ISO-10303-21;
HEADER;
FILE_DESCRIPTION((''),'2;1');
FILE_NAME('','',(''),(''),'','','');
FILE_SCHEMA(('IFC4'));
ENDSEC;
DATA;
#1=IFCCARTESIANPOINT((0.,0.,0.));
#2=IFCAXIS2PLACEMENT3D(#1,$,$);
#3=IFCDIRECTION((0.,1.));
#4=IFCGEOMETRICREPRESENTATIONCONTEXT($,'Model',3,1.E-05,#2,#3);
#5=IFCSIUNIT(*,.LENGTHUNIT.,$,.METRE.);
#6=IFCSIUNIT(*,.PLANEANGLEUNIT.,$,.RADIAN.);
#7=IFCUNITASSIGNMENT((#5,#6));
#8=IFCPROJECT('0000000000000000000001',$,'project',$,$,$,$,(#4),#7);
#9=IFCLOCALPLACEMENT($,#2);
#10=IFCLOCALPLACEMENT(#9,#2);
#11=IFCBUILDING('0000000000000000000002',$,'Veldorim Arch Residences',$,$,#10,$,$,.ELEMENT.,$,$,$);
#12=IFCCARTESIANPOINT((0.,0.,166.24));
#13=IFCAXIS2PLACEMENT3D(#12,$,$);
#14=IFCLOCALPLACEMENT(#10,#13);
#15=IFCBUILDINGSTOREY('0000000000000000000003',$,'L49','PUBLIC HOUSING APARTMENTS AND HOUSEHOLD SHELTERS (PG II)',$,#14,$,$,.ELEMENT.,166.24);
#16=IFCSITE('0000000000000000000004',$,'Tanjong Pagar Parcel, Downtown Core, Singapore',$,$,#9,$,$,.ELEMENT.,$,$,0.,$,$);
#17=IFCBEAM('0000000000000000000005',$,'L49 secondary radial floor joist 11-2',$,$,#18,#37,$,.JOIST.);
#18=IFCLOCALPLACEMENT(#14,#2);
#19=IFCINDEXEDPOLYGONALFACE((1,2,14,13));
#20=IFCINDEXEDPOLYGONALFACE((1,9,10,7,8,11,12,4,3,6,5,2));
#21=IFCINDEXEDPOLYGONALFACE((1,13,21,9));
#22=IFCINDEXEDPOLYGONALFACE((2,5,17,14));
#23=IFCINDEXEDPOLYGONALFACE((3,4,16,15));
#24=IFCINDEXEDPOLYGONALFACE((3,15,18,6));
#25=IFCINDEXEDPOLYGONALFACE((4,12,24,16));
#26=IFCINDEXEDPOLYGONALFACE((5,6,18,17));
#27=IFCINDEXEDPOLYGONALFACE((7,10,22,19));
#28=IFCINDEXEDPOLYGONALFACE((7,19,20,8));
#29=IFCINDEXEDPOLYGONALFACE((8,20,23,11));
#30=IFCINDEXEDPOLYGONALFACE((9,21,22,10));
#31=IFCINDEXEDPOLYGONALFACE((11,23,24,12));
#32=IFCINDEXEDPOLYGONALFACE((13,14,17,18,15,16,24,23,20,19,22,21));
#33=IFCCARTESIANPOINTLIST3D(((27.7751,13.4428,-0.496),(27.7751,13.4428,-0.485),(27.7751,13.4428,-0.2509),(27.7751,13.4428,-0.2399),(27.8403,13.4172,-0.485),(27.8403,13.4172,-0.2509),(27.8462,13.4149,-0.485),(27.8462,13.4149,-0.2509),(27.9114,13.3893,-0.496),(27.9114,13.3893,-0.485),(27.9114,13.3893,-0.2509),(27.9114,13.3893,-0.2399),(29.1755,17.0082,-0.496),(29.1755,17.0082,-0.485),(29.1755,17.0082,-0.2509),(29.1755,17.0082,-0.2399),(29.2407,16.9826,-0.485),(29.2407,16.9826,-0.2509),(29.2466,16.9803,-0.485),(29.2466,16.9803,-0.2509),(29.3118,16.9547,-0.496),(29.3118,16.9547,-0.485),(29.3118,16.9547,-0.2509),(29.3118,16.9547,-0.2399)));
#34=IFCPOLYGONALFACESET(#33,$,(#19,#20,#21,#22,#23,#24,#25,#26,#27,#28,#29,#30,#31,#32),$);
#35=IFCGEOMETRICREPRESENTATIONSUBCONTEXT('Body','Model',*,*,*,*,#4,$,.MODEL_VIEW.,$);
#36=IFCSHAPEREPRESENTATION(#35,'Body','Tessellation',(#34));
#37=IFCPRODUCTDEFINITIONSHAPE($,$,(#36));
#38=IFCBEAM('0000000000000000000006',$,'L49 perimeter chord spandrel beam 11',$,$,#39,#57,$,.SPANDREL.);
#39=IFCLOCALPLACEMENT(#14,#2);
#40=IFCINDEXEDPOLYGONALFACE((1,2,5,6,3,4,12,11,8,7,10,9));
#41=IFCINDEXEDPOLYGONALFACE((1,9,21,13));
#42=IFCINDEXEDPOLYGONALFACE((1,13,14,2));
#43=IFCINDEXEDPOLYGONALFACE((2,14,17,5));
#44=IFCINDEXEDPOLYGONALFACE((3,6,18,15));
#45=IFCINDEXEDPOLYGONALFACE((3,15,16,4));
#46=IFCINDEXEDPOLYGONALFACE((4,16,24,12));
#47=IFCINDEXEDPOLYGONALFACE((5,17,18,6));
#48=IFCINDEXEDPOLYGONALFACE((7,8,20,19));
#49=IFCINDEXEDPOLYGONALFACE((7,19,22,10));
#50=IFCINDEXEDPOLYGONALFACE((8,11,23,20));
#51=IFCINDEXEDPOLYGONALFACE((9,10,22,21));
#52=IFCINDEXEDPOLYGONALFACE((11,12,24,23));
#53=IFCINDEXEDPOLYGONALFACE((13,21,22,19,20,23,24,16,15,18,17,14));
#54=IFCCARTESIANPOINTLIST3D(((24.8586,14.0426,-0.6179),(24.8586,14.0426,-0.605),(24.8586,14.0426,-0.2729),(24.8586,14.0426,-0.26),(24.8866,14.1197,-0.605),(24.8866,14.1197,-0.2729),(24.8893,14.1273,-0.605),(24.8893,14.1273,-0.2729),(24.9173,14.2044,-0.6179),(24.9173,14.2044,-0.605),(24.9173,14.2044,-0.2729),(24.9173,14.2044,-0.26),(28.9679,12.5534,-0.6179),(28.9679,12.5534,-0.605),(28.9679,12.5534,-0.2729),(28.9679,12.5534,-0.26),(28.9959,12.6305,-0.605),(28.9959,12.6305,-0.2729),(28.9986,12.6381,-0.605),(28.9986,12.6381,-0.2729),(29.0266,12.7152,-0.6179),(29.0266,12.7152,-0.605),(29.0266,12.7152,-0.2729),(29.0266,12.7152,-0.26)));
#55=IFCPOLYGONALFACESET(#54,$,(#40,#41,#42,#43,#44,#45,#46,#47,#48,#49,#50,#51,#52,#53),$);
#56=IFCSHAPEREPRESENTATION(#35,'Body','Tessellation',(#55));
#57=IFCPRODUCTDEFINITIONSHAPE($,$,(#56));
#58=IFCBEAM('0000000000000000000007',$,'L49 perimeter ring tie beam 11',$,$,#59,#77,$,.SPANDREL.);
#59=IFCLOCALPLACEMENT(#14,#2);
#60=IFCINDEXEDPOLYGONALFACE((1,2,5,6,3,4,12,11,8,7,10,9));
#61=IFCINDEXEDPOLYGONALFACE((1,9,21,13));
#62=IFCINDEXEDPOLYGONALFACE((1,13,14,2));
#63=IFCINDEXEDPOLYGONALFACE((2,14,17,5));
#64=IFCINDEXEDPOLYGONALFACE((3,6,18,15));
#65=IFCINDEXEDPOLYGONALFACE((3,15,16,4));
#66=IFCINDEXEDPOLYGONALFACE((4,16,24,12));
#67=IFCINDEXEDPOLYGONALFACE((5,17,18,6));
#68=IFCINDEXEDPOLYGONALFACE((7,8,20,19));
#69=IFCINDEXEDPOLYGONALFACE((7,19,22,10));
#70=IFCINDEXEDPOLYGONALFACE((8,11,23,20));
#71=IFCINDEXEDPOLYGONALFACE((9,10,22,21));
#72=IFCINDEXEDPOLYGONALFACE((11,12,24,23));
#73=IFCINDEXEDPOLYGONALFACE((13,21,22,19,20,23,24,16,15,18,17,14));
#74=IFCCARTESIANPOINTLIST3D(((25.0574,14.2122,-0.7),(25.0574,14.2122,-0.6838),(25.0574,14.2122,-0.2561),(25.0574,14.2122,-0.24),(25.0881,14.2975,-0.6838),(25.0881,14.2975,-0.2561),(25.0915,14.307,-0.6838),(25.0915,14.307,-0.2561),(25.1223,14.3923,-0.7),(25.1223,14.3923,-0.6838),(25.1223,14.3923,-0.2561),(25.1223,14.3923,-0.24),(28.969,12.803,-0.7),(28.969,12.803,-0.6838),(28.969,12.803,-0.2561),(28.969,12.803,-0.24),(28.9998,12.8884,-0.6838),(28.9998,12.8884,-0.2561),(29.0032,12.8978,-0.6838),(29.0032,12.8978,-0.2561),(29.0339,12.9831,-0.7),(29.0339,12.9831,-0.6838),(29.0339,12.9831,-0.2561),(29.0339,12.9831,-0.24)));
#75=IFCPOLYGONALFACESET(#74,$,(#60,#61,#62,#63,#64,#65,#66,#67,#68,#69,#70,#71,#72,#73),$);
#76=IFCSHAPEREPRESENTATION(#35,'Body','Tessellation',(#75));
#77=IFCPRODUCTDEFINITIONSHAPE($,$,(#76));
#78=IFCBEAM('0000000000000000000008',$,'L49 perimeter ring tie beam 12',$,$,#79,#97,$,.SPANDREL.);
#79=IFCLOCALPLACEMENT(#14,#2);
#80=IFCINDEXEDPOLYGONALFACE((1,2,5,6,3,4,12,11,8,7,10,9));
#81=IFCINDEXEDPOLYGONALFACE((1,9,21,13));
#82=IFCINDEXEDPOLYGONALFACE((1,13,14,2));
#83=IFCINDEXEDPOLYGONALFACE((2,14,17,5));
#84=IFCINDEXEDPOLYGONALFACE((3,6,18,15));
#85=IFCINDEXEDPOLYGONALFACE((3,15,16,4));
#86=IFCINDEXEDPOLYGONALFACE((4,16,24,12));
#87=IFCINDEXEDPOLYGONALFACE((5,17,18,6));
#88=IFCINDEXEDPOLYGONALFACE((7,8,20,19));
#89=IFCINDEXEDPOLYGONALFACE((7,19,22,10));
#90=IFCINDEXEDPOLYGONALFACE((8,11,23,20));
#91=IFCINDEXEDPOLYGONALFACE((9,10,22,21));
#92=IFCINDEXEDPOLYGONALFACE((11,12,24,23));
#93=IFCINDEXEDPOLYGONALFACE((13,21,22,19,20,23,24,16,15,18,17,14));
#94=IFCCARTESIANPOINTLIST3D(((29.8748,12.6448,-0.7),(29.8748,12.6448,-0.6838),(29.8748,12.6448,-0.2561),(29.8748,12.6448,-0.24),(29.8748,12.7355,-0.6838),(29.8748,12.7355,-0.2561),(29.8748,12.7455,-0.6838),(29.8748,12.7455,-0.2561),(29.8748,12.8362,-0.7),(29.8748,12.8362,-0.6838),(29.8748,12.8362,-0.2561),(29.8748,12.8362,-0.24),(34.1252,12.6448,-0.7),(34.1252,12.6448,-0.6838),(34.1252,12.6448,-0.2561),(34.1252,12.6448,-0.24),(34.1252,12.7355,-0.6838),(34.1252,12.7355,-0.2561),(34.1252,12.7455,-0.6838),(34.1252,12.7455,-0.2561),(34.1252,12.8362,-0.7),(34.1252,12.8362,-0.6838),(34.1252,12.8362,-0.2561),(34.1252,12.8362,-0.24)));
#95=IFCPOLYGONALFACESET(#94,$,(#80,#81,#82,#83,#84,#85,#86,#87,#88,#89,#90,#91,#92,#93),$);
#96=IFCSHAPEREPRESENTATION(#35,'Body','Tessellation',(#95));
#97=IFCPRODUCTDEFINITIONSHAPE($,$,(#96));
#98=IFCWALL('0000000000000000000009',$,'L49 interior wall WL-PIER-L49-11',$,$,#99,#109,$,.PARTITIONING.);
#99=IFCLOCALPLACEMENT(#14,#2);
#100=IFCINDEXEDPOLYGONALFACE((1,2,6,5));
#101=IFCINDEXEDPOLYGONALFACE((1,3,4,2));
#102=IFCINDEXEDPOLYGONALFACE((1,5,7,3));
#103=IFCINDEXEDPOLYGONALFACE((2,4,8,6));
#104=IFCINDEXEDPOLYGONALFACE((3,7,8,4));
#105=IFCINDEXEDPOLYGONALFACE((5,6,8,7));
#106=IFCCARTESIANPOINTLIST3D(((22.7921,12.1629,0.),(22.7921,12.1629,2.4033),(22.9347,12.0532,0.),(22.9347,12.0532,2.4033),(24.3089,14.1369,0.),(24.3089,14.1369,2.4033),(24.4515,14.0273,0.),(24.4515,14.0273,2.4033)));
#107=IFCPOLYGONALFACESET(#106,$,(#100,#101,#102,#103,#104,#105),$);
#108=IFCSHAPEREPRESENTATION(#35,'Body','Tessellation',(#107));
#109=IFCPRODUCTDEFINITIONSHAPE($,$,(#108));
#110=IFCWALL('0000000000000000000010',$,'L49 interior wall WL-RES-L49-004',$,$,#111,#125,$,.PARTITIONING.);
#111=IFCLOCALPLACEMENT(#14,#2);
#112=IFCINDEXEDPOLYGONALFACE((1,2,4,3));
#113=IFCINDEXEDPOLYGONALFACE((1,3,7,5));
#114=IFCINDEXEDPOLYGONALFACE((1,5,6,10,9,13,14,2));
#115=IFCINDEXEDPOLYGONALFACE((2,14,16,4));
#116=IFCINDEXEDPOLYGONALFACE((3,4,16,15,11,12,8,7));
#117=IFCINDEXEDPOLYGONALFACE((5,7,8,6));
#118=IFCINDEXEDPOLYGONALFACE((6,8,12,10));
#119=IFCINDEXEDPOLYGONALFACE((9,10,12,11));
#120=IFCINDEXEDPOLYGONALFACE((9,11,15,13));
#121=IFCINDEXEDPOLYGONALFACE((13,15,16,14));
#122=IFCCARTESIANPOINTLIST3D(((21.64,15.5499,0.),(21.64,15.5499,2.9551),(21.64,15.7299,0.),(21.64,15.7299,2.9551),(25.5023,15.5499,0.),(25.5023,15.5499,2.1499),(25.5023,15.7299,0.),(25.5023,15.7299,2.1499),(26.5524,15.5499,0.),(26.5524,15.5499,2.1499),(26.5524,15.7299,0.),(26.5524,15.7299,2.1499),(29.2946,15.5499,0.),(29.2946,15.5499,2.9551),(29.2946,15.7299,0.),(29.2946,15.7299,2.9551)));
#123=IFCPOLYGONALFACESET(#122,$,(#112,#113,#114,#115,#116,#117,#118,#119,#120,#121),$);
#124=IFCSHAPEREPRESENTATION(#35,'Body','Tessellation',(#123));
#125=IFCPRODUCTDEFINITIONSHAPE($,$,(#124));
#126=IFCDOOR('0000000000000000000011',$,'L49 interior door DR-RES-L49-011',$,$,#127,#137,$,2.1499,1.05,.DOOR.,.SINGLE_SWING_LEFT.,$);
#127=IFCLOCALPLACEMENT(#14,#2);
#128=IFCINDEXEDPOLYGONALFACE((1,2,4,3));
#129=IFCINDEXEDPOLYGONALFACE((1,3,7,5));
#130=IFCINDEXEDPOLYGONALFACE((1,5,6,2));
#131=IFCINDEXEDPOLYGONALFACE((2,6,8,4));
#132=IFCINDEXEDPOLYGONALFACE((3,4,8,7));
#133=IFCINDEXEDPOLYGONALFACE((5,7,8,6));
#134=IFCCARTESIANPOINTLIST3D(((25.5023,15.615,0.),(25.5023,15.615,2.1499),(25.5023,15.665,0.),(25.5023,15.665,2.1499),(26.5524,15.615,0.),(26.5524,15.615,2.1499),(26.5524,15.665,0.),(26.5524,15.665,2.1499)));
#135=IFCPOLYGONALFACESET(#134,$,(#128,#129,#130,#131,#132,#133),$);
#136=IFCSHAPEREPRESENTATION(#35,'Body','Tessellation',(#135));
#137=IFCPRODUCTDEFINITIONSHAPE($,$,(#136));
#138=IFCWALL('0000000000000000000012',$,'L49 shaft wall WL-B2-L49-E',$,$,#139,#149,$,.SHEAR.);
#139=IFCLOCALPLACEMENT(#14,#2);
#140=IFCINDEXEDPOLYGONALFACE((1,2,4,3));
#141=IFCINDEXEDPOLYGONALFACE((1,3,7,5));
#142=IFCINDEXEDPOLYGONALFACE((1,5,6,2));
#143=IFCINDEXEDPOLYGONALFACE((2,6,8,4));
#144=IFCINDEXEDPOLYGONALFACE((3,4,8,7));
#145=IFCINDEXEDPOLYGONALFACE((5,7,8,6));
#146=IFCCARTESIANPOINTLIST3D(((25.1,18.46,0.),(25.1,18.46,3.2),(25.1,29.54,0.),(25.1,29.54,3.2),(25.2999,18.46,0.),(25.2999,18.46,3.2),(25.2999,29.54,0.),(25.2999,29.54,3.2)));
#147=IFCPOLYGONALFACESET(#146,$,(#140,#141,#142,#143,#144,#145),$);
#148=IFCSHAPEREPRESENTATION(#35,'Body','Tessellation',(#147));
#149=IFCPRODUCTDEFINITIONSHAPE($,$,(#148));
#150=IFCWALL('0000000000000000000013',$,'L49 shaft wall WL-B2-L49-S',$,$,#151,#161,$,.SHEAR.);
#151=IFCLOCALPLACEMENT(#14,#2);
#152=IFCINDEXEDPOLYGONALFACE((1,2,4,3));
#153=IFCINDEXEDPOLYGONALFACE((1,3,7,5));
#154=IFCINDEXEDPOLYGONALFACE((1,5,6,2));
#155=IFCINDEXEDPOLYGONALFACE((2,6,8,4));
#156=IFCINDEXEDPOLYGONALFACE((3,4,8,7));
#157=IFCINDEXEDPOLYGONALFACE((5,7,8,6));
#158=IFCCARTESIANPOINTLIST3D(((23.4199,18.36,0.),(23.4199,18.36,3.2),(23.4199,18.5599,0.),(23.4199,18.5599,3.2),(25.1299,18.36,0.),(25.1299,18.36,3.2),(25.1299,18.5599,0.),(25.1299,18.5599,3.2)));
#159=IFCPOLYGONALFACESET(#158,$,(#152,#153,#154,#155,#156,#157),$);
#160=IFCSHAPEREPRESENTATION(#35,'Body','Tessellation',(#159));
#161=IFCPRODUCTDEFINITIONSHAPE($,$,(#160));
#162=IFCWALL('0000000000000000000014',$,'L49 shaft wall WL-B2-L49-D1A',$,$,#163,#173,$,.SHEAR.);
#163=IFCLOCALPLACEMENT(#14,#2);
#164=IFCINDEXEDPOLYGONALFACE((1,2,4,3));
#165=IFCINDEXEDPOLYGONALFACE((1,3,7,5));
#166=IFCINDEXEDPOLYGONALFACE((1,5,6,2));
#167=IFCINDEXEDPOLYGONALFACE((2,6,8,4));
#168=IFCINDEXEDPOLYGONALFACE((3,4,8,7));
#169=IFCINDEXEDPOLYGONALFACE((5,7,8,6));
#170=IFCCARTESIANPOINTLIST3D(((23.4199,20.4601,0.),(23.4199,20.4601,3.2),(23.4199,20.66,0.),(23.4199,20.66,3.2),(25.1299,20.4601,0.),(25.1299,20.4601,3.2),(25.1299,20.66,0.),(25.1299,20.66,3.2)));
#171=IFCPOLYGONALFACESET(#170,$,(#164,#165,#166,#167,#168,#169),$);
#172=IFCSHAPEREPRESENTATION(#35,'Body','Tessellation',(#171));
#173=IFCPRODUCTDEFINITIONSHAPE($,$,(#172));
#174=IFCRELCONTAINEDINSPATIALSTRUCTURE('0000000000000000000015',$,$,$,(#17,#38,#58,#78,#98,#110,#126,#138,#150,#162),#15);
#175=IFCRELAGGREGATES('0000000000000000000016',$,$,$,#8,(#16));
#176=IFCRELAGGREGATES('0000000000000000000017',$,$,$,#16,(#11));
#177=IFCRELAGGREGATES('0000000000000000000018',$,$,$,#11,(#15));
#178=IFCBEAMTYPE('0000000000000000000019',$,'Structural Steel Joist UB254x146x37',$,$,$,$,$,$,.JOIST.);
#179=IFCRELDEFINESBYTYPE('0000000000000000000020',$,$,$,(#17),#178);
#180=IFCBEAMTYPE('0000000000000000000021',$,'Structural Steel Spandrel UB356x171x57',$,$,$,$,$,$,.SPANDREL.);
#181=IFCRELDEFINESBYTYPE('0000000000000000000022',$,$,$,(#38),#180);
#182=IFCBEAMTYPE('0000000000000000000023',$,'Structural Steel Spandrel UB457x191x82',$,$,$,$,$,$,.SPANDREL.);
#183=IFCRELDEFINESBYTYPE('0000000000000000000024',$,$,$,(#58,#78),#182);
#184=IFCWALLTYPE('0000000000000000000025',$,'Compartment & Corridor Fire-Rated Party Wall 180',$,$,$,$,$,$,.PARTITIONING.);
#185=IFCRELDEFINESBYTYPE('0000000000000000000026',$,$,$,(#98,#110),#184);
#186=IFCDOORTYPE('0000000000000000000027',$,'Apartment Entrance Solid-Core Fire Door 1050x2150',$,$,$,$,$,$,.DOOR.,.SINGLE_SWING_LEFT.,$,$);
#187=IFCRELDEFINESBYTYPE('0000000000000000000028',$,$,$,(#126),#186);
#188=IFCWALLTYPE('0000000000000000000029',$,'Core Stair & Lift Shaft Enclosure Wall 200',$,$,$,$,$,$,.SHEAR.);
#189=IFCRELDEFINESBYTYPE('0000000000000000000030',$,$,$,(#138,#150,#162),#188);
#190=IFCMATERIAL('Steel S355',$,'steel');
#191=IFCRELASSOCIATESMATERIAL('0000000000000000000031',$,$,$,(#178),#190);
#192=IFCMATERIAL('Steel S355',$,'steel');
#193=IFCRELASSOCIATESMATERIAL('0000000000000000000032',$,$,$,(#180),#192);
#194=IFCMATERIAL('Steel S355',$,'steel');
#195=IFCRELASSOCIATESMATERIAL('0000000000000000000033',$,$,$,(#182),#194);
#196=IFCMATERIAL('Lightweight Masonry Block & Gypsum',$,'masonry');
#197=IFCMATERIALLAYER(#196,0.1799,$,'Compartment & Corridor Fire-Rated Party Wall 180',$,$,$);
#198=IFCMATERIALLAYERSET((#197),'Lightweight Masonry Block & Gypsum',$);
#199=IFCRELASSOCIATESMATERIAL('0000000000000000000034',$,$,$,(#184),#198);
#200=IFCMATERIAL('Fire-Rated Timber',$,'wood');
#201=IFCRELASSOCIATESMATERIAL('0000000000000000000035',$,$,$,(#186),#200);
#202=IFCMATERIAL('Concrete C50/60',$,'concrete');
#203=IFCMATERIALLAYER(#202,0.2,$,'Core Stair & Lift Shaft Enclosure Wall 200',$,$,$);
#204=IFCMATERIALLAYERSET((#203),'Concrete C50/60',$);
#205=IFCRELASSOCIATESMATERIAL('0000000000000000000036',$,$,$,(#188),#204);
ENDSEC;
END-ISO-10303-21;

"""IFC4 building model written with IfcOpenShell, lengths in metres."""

from ifc_helpers import new_model, si_unit, direction, frame, frame_2d, origin, origin_2d, place, context, subcontext, project, spatial, rectangle, i_section, extrude, material, layer, layer_set, material_profile, profile_set, type_object, element, fill, save


model = new_model("IFC4")

# Units and contexts
model_context = context("Model", 3, precision=1e-05, world=origin(), true_north=direction((0.0, 1.0)))
body_context = subcontext(model_context, "Body", "Model", "MODEL_VIEW")
ifc_project = project(units=[si_unit("LENGTHUNIT", "METRE"), si_unit("PLANEANGLEUNIT", "RADIAN")], contexts=[model_context])

# Site, building, storey
site_placement = place(None, origin())
site = spatial("IfcSite", under=ifc_project, at=site_placement, Name="Tanjong Pagar Parcel, Downtown Core, Singapore", CompositionType="ELEMENT", RefElevation=0.0)
building_placement = place(site_placement, origin())
building = spatial("IfcBuilding", under=site, at=building_placement, Name="Veldorim Arch Residences", CompositionType="ELEMENT")
storey_placement = place(building_placement, frame((0.0, 0.0, 166.24)))
storey = spatial("IfcBuildingStorey", under=building, at=storey_placement, Name="L49", Description="PUBLIC HOUSING APARTMENTS AND HOUSEHOLD SHELTERS (PG II)", CompositionType="ELEMENT", Elevation=166.24)

# Beams
ifc_material_1 = material(Name="Steel S355", Category="steel")
ifc_material_profile_1 = material_profile(ifc_material_1, i_section(OverallWidth=0.1465, OverallDepth=0.2561, WebThickness=0.0063, FlangeThickness=0.011, at=origin_2d()), Name="UB254x146x37")
ifc_profile_set_1 = profile_set([ifc_material_profile_1], Name="Steel S355")
beam_type_1 = type_object("IfcBeamType", Name="Structural Steel Joist UB254x146x37", PredefinedType="JOIST", material=ifc_profile_set_1)
beam_1_placement = place(storey_placement, frame((29.2437, 16.9814, -0.3679), z_axis=(-0.365581, -0.930779, 0.0), x_axis=(0.930779, -0.365581, 0.0)))
element("IfcBeam", 1, at=beam_1_placement, inside=storey, type_object=beam_type_1, Name="L49 secondary radial floor joist 11-2", PredefinedType="JOIST", context=body_context, shape_type="SweptSolid", body=[
    extrude(i_section(OverallWidth=0.1465, OverallDepth=0.2561, WebThickness=0.0063, FlangeThickness=0.011, at=origin_2d()), origin(), (0.0, 0.0, 1.0), 3.8306),
])
ifc_material_2 = material(Name="Steel S355", Category="steel")
ifc_material_profile_2 = material_profile(ifc_material_2, i_section(OverallWidth=0.1721, OverallDepth=0.3579, WebThickness=0.0081, FlangeThickness=0.0129, at=origin_2d()), Name="UB356x171x57")
ifc_profile_set_2 = profile_set([ifc_material_profile_2], Name="Steel S355")
beam_type_2 = type_object("IfcBeamType", Name="Structural Steel Spandrel UB356x171x57", PredefinedType="SPANDREL", material=ifc_profile_set_2)
beam_2_placement = place(storey_placement, frame((24.8879, 14.1235, -0.439), z_axis=(0.940165, -0.34072, 0.0), x_axis=(0.34072, 0.940165, 0.0)))
element("IfcBeam", 2, at=beam_2_placement, inside=storey, type_object=beam_type_2, Name="L49 perimeter chord spandrel beam 11", PredefinedType="SPANDREL", context=body_context, shape_type="SweptSolid", body=[
    extrude(i_section(OverallWidth=0.1721, OverallDepth=0.3579, WebThickness=0.0081, FlangeThickness=0.0129, at=origin_2d()), origin(), (0.0, 0.0, 1.0), 4.3708),
])
ifc_material_3 = material(Name="Steel S355", Category="steel")
ifc_material_profile_3 = material_profile(ifc_material_3, i_section(OverallWidth=0.1914, OverallDepth=0.46, WebThickness=0.01, FlangeThickness=0.0161, at=origin_2d()), Name="UB457x191x82")
ifc_profile_set_3 = profile_set([ifc_material_profile_3], Name="Steel S355")
beam_type_3 = type_object("IfcBeamType", Name="Structural Steel Spandrel UB457x191x82", PredefinedType="SPANDREL", material=ifc_profile_set_3)
beam_3_placement = place(storey_placement, frame((25.0898, 14.3022, -0.47), z_axis=(0.940811, -0.338932, 0.0), x_axis=(0.338932, 0.940811, 0.0)))
element("IfcBeam", 3, at=beam_3_placement, inside=storey, type_object=beam_type_3, Name="L49 perimeter ring tie beam 11", PredefinedType="SPANDREL", context=body_context, shape_type="SweptSolid", body=[
    extrude(i_section(OverallWidth=0.1914, OverallDepth=0.46, WebThickness=0.01, FlangeThickness=0.0161, at=origin_2d()), origin(), (0.0, 0.0, 1.0), 4.1577),
])
beam_4_placement = place(storey_placement, frame((29.8748, 12.7405, -0.47), z_axis=(1.0, 0.0, 0.0), x_axis=(0.0, 1.0, 0.0)))
element("IfcBeam", 4, at=beam_4_placement, inside=storey, type_object=beam_type_3, Name="L49 perimeter ring tie beam 12", PredefinedType="SPANDREL", context=body_context, shape_type="SweptSolid", body=[
    extrude(i_section(OverallWidth=0.1914, OverallDepth=0.46, WebThickness=0.01, FlangeThickness=0.0161, at=origin_2d()), origin(), (0.0, 0.0, 1.0), 4.2505),
])

# Wall
ifc_material_4 = material(Name="Lightweight Masonry Block & Gypsum", Category="masonry")
ifc_layer_1 = layer(ifc_material_4, 0.1799, Name="Compartment & Corridor Fire-Rated Party Wall 180")
ifc_layer_set_1 = layer_set([ifc_layer_1], Name="Lightweight Masonry Block & Gypsum")
wall_type_1 = type_object("IfcWallType", Name="Compartment & Corridor Fire-Rated Party Wall 180", PredefinedType="PARTITIONING", material=ifc_layer_set_1)
wall_1_placement = place(storey_placement, frame((24.3801, 14.082, 0.0), z_axis=(0.0, 0.0, 1.0), x_axis=(-0.609279, -0.792956, 0.0)))
element("IfcWall", 5, at=wall_1_placement, inside=storey, type_object=wall_type_1, Name="L49 interior wall WL-PIER-L49-11", PredefinedType="PARTITIONING", context=body_context, shape_type="SweptSolid", body=[
    extrude(rectangle(XDim=2.4895, YDim=0.1799, at=frame_2d((1.2446, 0.0))), origin(), (0.0, 0.0, 1.0), 2.4033),
])

# Wall, opening, door
wall_2_placement = place(storey_placement, frame((29.2944, 15.6399, 0.0), z_axis=(0.0, 0.0, 1.0), x_axis=(-1.0, 0.0, 0.0)))
wall_2 = element("IfcWall", 6, at=wall_2_placement, inside=storey, type_object=wall_type_1, Name="L49 interior wall WL-RES-L49-004", PredefinedType="PARTITIONING", context=body_context, shape_type="SweptSolid", body=[
    extrude(rectangle(XDim=7.6545, YDim=0.1799, at=frame_2d((3.8271, 0.0))), origin(), (0.0, 0.0, 1.0), 2.9551),
])
opening_1_placement = place(wall_2_placement, frame((2.7422, 0.0, 0.0)))
opening_1 = element("IfcOpeningElement", 7, at=opening_1_placement, cuts=wall_2, PredefinedType="OPENING", context=body_context, shape_type="SweptSolid", body=[
    extrude(rectangle(XDim=1.05, YDim=2.1499, at=frame_2d((0.5249, 1.075))), frame((0.0, 0.0999, 0.0), z_axis=(0.0, -1.0, 0.0), x_axis=(1.0, 0.0, 0.0)), (0.0, 0.0, 1.0), 0.2),
])
ifc_material_5 = material(Name="Fire-Rated Timber", Category="wood")
door_type_1 = type_object("IfcDoorType", Name="Apartment Entrance Solid-Core Fire Door 1050x2150", OperationType="SINGLE_SWING_LEFT", PredefinedType="DOOR", material=ifc_material_5)
door_1_placement = place(opening_1_placement, origin())
door_1 = element("IfcDoor", 8, at=door_1_placement, inside=storey, type_object=door_type_1, Name="L49 interior door DR-RES-L49-011", OperationType="SINGLE_SWING_LEFT", OverallHeight=2.1499, OverallWidth=1.05, PredefinedType="DOOR", context=body_context, shape_type="SweptSolid", body=[
    extrude(rectangle(XDim=1.05, YDim=2.1499, at=frame_2d((0.5249, 1.075))), frame((0.0, 0.0249, 0.0), z_axis=(0.0, -1.0, 0.0), x_axis=(1.0, 0.0, 0.0)), (0.0, 0.0, 1.0), 0.05),
])
fill(opening_1, door_1)
ifc_material_6 = material(Name="Concrete C50/60", Category="concrete")
ifc_layer_2 = layer(ifc_material_6, 0.2, Name="Core Stair & Lift Shaft Enclosure Wall 200")
ifc_layer_set_2 = layer_set([ifc_layer_2], Name="Concrete C50/60")
wall_type_2 = type_object("IfcWallType", Name="Core Stair & Lift Shaft Enclosure Wall 200", PredefinedType="SHEAR", material=ifc_layer_set_2)

# Walls
wall_3_placement = place(storey_placement, frame((25.2, 18.46, 0.0), z_axis=(0.0, 0.0, 1.0), x_axis=(0.0, 1.0, 0.0)))
element("IfcWall", 9, at=wall_3_placement, inside=storey, type_object=wall_type_2, Name="L49 shaft wall WL-B2-L49-E", PredefinedType="SHEAR", context=body_context, shape_type="SweptSolid", body=[
    extrude(rectangle(XDim=11.0801, YDim=0.2, at=frame_2d((5.54, 0.0))), origin(), (0.0, 0.0, 1.0), 3.2),
])
for number, where, z_axis, x_axis, name in (
    (10, (23.4199, 18.46, 0.0), (0.0, 0.0, 1.0), (1.0, 0.0, 0.0), "L49 shaft wall WL-B2-L49-S"),
    (11, (23.4199, 20.5601, 0.0), (0.0, 0.0, 1.0), (1.0, 0.0, 0.0), "L49 shaft wall WL-B2-L49-D1A"),
):
    element("IfcWall", number, at=place(storey_placement, frame(where, z_axis=z_axis, x_axis=x_axis)), inside=storey, type_object=wall_type_2, Name=name, PredefinedType="SHEAR", context=body_context, shape_type="SweptSolid", body=[
        extrude(rectangle(XDim=1.71, YDim=0.2, at=frame_2d((0.855, 0.0))), origin(), (0.0, 0.0, 1.0), 3.2),
    ])

save(model, "model.ifc")
